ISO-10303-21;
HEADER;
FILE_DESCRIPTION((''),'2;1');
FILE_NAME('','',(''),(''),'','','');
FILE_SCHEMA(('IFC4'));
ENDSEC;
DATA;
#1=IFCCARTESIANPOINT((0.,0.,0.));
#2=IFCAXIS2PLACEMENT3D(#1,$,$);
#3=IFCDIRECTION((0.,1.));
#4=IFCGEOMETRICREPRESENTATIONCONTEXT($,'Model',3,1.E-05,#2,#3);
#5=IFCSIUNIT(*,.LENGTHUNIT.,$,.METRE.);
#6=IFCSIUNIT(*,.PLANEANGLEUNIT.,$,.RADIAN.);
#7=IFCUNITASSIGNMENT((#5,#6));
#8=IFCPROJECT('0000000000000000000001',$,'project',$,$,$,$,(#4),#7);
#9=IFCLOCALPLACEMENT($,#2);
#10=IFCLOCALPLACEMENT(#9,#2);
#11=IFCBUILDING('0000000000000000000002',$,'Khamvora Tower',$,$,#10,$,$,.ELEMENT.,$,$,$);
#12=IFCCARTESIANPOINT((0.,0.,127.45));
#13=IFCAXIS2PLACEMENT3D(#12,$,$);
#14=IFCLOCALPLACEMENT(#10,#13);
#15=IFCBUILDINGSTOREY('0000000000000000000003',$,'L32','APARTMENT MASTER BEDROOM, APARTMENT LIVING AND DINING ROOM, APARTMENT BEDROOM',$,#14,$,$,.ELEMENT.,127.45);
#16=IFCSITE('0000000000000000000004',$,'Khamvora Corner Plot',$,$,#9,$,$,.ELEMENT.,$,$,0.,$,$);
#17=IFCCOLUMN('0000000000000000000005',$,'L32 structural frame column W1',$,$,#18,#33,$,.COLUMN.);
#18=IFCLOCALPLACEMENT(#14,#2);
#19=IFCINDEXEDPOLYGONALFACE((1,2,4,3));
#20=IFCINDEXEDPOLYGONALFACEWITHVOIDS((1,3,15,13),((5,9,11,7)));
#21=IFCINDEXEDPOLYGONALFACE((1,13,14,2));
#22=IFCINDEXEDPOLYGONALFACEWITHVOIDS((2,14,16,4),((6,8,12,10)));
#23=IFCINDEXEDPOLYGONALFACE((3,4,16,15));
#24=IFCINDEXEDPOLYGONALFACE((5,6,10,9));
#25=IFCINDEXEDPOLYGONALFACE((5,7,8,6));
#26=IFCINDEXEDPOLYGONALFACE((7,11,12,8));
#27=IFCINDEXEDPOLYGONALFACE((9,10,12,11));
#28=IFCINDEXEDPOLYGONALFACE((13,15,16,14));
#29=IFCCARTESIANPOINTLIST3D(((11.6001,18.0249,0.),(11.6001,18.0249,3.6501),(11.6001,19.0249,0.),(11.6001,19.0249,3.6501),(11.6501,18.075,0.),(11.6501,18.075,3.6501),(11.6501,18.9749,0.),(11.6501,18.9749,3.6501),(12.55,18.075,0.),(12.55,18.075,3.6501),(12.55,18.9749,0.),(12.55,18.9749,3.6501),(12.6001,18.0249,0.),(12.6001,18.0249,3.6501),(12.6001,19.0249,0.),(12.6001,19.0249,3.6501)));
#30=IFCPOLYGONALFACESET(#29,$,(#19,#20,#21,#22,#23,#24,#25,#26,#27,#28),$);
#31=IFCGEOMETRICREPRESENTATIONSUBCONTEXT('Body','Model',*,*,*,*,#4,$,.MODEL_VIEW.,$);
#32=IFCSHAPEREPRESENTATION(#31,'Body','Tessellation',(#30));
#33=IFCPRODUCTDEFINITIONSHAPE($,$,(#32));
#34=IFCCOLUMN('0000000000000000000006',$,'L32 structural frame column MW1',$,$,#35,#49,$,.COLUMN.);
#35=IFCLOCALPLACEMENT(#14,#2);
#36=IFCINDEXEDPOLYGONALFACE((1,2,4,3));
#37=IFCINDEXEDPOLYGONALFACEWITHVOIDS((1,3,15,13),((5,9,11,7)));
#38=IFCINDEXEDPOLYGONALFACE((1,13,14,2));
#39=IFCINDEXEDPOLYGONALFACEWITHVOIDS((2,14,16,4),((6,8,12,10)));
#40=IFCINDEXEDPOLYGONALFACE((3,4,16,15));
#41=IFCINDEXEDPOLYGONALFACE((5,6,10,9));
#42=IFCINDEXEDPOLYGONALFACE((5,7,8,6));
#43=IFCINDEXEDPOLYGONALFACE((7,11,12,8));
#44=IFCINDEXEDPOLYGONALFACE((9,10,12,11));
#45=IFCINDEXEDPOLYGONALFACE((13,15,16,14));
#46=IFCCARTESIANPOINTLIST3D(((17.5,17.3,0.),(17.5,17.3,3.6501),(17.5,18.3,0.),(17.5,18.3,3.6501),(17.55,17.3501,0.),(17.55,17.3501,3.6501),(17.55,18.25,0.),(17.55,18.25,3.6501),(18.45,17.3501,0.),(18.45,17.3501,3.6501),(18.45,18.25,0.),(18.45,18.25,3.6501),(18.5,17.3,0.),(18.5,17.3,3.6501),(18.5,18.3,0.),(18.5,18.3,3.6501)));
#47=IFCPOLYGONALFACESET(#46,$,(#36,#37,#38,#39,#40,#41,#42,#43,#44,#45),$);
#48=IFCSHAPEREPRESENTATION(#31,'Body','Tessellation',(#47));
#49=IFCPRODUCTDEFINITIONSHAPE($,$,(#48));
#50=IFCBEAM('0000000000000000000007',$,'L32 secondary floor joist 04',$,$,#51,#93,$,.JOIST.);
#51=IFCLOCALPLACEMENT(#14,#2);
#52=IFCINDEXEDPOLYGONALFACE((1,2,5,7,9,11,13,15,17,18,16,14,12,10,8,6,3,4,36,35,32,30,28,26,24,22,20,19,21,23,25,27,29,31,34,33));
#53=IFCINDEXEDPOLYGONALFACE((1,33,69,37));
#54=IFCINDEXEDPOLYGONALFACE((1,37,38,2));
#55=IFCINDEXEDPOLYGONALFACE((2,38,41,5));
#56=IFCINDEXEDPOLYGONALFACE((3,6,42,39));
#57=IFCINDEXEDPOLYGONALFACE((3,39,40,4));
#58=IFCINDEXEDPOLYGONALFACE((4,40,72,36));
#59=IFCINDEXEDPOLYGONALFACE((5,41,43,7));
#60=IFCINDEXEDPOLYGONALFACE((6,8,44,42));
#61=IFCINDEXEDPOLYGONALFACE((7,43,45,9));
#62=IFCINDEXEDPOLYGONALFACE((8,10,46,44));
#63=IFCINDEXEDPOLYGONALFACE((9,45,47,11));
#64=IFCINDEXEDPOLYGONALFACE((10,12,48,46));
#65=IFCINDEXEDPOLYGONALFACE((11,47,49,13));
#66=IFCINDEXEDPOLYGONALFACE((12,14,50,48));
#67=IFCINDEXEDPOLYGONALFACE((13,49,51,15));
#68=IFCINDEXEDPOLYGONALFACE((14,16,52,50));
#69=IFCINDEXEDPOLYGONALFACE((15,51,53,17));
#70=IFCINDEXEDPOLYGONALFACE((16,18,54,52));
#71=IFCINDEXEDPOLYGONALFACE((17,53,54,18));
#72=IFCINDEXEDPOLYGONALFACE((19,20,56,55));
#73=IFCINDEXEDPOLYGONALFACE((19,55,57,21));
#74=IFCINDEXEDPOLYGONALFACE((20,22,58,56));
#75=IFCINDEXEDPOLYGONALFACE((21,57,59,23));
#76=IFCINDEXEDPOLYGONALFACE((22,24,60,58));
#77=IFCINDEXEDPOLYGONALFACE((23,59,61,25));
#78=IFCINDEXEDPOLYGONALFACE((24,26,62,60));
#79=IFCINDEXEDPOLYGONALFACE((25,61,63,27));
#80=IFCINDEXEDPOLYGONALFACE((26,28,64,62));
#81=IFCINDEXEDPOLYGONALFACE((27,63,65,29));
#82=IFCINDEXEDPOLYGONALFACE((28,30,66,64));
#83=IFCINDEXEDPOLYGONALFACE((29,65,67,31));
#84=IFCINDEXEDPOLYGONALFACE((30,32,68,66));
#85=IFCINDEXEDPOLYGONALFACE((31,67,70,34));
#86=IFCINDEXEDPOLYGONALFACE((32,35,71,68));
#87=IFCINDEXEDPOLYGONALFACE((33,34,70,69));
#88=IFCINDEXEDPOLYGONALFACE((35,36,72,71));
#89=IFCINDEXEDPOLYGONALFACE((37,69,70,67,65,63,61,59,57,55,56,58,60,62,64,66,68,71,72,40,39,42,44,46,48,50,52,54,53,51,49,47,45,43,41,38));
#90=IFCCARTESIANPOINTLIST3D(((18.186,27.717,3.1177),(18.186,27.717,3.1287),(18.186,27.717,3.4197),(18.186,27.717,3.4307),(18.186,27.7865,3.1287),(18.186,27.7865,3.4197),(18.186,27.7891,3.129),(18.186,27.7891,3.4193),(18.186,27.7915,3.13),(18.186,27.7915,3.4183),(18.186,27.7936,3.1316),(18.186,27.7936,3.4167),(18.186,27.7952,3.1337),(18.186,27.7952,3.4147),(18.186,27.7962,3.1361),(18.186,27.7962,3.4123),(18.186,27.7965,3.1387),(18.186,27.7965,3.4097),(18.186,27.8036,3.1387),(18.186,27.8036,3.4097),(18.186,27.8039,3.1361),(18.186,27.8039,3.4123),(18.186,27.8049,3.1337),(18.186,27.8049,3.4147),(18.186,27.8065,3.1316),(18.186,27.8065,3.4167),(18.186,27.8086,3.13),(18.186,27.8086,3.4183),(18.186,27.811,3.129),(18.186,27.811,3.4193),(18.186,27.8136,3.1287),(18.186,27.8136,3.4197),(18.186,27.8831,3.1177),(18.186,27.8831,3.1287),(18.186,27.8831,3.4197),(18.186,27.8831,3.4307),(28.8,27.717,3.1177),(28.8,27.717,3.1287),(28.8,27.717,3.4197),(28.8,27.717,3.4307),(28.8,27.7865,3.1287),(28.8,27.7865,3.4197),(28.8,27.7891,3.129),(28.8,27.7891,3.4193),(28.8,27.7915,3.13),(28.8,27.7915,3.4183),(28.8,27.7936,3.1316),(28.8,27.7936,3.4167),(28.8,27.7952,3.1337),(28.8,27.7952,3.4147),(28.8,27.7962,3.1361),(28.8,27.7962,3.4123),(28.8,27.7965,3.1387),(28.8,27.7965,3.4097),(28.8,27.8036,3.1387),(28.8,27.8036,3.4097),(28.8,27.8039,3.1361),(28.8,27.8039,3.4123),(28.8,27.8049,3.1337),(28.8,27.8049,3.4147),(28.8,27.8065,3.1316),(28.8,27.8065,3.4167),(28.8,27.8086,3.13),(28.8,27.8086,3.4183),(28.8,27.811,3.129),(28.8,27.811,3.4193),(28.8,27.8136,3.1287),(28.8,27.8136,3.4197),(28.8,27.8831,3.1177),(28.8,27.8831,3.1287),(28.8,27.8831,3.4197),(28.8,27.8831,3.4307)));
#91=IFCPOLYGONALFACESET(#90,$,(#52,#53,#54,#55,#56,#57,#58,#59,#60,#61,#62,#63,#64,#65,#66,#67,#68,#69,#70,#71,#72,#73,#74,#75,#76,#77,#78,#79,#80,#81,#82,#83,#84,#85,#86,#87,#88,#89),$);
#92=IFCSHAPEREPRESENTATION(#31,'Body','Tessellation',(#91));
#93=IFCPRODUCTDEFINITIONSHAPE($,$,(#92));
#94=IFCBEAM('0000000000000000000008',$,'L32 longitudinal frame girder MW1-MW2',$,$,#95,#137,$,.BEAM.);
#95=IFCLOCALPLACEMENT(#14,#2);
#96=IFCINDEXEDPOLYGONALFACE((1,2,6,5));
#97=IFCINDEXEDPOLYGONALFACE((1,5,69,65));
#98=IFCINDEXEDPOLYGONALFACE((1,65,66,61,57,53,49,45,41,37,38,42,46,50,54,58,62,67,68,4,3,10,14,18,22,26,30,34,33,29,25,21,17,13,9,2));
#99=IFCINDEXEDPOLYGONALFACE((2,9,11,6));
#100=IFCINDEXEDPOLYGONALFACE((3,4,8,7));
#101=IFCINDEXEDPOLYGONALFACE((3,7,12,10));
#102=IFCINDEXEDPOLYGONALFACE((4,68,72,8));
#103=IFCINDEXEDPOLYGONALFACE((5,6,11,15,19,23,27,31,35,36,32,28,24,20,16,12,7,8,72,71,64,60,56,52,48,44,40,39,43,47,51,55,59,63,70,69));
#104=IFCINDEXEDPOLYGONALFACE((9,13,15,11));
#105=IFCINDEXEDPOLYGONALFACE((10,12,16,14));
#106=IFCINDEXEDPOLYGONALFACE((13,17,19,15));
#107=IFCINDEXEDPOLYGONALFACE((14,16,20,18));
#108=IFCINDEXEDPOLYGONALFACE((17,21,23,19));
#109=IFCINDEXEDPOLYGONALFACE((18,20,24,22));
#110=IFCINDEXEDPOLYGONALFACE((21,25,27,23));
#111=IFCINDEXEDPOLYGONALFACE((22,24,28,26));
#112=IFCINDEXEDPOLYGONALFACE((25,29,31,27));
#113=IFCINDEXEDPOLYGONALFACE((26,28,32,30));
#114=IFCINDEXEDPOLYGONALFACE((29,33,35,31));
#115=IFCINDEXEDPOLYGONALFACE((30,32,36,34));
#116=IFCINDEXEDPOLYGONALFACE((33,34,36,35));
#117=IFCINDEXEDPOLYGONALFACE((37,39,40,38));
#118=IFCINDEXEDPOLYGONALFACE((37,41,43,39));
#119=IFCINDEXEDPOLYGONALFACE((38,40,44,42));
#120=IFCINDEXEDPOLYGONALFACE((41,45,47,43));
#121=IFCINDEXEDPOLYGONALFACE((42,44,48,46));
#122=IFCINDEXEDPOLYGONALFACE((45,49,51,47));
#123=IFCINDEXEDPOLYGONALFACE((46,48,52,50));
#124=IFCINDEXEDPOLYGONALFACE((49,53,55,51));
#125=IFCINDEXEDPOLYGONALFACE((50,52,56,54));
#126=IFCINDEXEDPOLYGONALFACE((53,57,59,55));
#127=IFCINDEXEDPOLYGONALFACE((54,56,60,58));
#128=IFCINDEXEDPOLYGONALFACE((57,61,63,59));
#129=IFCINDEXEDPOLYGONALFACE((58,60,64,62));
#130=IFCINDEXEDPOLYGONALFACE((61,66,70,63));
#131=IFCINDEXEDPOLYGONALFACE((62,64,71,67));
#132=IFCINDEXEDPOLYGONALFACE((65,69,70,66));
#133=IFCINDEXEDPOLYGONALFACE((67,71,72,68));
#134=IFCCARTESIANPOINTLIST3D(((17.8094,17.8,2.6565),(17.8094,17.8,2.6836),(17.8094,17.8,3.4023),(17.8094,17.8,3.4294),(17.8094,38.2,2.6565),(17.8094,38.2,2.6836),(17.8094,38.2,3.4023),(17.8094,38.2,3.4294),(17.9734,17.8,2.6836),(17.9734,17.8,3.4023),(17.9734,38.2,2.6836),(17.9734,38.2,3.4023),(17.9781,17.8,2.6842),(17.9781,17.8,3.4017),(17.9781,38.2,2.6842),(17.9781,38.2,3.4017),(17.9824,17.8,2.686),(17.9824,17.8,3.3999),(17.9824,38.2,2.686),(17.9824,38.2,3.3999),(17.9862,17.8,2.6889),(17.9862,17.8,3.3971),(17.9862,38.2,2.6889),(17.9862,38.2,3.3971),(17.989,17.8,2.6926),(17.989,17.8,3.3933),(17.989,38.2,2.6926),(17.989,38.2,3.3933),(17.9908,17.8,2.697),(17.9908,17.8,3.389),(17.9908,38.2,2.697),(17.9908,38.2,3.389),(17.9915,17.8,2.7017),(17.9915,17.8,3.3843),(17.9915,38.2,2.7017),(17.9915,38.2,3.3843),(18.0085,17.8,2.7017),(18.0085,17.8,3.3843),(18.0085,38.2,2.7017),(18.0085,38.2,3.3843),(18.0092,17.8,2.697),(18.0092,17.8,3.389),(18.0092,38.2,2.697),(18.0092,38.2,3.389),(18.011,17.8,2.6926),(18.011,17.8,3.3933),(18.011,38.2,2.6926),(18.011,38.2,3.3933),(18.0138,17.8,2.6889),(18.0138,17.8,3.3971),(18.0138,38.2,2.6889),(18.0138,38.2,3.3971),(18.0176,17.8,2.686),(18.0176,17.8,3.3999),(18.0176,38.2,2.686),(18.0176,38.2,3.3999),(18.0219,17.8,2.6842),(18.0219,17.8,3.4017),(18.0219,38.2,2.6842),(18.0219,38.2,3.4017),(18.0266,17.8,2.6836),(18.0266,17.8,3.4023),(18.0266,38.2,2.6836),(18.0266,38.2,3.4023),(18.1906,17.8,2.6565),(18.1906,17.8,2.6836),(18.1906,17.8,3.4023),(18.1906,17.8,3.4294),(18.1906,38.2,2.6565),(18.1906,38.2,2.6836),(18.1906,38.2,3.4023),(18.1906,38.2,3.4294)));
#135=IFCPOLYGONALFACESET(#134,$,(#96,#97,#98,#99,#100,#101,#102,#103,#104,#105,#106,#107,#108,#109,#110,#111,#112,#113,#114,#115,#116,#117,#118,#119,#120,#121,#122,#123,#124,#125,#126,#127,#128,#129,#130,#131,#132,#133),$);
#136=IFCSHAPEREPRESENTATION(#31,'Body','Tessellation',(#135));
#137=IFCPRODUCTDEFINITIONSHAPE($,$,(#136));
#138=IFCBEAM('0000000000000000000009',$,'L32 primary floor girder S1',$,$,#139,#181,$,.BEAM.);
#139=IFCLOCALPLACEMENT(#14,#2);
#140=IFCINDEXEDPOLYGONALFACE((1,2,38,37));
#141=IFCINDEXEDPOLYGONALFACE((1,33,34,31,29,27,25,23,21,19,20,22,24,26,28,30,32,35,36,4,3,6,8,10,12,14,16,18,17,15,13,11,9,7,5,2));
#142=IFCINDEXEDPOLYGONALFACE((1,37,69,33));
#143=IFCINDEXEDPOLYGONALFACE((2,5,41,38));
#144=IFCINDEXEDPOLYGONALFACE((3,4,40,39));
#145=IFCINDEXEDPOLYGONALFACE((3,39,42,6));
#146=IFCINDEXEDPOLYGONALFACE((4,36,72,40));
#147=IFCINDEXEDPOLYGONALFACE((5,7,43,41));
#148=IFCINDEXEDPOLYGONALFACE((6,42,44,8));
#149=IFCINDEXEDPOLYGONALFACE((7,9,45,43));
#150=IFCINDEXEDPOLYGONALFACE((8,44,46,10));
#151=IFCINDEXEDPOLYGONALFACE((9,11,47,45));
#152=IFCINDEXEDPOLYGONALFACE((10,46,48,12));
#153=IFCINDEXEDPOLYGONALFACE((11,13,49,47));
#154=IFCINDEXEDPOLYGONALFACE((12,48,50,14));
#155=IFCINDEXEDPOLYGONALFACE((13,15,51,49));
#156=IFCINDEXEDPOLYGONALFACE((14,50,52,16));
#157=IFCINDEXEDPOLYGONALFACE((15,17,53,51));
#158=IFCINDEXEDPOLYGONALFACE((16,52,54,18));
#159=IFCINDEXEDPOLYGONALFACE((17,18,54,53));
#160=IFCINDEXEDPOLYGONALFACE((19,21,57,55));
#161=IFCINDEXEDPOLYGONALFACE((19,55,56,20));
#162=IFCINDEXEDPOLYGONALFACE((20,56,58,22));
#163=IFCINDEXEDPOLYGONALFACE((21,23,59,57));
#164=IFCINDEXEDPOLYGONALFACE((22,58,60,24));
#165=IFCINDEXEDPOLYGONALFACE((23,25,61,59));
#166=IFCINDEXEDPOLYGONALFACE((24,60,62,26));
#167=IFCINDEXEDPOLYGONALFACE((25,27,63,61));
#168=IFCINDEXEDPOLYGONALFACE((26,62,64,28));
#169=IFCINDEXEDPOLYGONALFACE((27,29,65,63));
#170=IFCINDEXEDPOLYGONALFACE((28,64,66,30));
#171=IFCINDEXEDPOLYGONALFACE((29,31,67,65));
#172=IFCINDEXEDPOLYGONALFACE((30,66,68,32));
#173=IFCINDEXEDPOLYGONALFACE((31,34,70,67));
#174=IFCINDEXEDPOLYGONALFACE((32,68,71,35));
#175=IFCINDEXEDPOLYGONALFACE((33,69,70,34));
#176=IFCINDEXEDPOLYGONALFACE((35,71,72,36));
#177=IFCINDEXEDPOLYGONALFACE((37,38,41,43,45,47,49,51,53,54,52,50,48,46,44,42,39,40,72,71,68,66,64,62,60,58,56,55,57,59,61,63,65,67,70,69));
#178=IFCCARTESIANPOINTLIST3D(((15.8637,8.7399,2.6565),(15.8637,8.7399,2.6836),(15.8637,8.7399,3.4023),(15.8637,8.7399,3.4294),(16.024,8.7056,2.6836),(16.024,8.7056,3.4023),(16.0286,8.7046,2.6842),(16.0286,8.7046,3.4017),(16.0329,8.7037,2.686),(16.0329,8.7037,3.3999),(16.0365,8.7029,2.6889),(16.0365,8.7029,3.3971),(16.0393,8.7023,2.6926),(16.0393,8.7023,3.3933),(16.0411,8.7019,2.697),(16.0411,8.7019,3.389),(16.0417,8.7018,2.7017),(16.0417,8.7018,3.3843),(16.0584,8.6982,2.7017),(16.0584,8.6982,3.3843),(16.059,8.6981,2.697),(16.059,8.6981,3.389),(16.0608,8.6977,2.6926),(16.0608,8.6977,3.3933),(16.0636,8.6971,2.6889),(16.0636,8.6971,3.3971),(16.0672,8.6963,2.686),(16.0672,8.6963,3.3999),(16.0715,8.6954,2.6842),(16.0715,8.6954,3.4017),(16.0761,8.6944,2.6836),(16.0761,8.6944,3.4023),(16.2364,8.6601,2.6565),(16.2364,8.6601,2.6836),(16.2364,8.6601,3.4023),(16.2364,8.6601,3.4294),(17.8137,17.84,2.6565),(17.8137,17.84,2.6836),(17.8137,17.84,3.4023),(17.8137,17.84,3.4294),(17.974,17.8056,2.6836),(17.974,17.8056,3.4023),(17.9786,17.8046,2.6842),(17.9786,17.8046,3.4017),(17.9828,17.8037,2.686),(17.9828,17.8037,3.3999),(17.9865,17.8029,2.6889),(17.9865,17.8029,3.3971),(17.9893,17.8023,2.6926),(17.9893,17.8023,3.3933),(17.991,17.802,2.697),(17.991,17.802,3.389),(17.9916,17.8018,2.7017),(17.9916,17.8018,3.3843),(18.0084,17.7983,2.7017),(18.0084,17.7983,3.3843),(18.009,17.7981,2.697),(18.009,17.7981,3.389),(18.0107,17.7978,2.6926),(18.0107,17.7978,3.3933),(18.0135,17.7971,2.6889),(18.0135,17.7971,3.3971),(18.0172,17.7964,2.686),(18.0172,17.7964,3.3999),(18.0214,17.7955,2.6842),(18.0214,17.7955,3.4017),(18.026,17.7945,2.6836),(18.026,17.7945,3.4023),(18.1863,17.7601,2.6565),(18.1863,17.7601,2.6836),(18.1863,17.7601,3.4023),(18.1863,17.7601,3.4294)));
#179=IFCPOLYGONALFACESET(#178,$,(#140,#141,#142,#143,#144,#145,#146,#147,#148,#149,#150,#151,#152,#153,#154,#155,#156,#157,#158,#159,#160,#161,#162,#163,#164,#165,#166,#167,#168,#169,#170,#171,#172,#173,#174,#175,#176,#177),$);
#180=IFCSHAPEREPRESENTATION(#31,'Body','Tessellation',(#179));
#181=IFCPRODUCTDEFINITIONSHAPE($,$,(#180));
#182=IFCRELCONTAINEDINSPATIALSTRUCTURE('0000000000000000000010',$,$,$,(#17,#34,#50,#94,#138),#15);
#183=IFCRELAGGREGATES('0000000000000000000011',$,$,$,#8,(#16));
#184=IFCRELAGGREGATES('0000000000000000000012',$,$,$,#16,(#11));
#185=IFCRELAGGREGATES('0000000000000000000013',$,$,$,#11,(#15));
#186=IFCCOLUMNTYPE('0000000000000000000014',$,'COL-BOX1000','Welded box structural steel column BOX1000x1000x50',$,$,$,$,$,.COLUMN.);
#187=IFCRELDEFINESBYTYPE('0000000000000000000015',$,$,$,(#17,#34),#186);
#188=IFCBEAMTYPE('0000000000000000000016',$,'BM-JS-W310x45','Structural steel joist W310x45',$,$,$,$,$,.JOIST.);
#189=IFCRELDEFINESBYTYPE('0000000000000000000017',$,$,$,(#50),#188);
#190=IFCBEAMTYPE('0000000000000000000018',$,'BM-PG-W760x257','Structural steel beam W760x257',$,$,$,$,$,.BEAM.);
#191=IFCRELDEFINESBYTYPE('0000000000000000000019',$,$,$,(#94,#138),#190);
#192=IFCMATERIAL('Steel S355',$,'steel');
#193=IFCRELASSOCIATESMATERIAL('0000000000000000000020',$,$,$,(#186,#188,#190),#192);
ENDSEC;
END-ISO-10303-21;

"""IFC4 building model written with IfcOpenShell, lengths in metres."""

from ifc_helpers import new_model, si_unit, direction, frame, origin, origin_2d, place, context, subcontext, project, spatial, hollow_rectangle, i_section, extrude, material, material_profile, profile_set, type_object, element, save


model = new_model("IFC4")

# Units and contexts
model_context = context("Model", 3, precision=1e-05, world=origin(), true_north=direction((0.0, 1.0)))
body_context = subcontext(model_context, "Body", "Model", "MODEL_VIEW")
ifc_project = project(units=[si_unit("LENGTHUNIT", "METRE"), si_unit("PLANEANGLEUNIT", "RADIAN")], contexts=[model_context])

# Site, building, storey
site_placement = place(None, origin())
site = spatial("IfcSite", under=ifc_project, at=site_placement, Name="Khamvora Corner Plot", CompositionType="ELEMENT", RefElevation=0.0)
building_placement = place(site_placement, origin())
building = spatial("IfcBuilding", under=site, at=building_placement, Name="Khamvora Tower", CompositionType="ELEMENT")
storey_placement = place(building_placement, frame((0.0, 0.0, 127.45)))
storey = spatial("IfcBuildingStorey", under=building, at=storey_placement, Name="L32", Description="APARTMENT MASTER BEDROOM, APARTMENT LIVING AND DINING ROOM, APARTMENT BEDROOM", CompositionType="ELEMENT", Elevation=127.45)

# Columns
ifc_material_1 = material(Name="Steel S355", Category="steel")
ifc_material_profile_1 = material_profile(ifc_material_1, hollow_rectangle(XDim=1.0, YDim=1.0, WallThickness=0.05, at=origin_2d()), Name="BOX1000x1000x50")
ifc_profile_set_1 = profile_set([ifc_material_profile_1], Name="Steel S355")
column_type = type_object("IfcColumnType", Name="COL-BOX1000", Description="Welded box structural steel column BOX1000x1000x50", PredefinedType="COLUMN", material=ifc_profile_set_1)
for number, where, z_axis, x_axis, name in (
    (1, (12.1001, 18.5249, 0.0), (0.0, 0.0, 1.0), (1.0, 0.0, 0.0), "L32 structural frame column W1"),
    (2, (18.0, 17.8, 0.0), (0.0, 0.0, 1.0), (1.0, 0.0, 0.0), "L32 structural frame column MW1"),
):
    element("IfcColumn", number, at=place(storey_placement, frame(where, z_axis=z_axis, x_axis=x_axis)), inside=storey, type_object=column_type, Name=name, PredefinedType="COLUMN", context=body_context, shape_type="SweptSolid", body=[
        extrude(hollow_rectangle(XDim=1.0, YDim=1.0, WallThickness=0.05, at=origin_2d()), origin(), (0.0, 0.0, 1.0), 3.6501),
    ])

# Beams
ifc_material_profile_2 = material_profile(ifc_material_1, i_section(OverallWidth=0.166, OverallDepth=0.313, WebThickness=0.0071, FlangeThickness=0.011, FilletRadius=0.01, at=origin_2d()), Name="W310x45")
ifc_profile_set_2 = profile_set([ifc_material_profile_2], Name="Steel S355")
beam_type_1 = type_object("IfcBeamType", Name="BM-JS-W310x45", Description="Structural steel joist W310x45", PredefinedType="JOIST", material=ifc_profile_set_2)
beam_1_placement = place(storey_placement, frame((18.186, 27.8, 3.2742), z_axis=(1.0, 0.0, 0.0), x_axis=(0.0, 1.0, 0.0)))
element("IfcBeam", 3, at=beam_1_placement, inside=storey, type_object=beam_type_1, Name="L32 secondary floor joist 04", PredefinedType="JOIST", context=body_context, shape_type="SweptSolid", body=[
    extrude(i_section(OverallWidth=0.166, OverallDepth=0.313, WebThickness=0.0071, FlangeThickness=0.011, FilletRadius=0.01, at=origin_2d()), origin(), (0.0, 0.0, 1.0), 10.614),
])
ifc_material_profile_3 = material_profile(ifc_material_1, i_section(OverallWidth=0.3811, OverallDepth=0.7729, WebThickness=0.0171, FlangeThickness=0.0271, FilletRadius=0.0181, at=origin_2d()), Name="W760x257")
ifc_profile_set_3 = profile_set([ifc_material_profile_3], Name="Steel S355")
beam_type_2 = type_object("IfcBeamType", Name="BM-PG-W760x257", Description="Structural steel beam W760x257", PredefinedType="BEAM", material=ifc_profile_set_3)
beam_2_placement = place(storey_placement, frame((18.0, 17.8, 3.043), z_axis=(0.0, 1.0, 0.0), x_axis=(-1.0, 0.0, 0.0)))
element("IfcBeam", 4, at=beam_2_placement, inside=storey, type_object=beam_type_2, Name="L32 longitudinal frame girder MW1-MW2", PredefinedType="BEAM", context=body_context, shape_type="SweptSolid", body=[
    extrude(i_section(OverallWidth=0.3811, OverallDepth=0.7729, WebThickness=0.0171, FlangeThickness=0.0271, FilletRadius=0.0181, at=origin_2d()), origin(), (0.0, 0.0, 1.0), 20.3999),
])
beam_3_placement = place(storey_placement, frame((18.0, 17.8, 3.043), z_axis=(-0.209522, -0.977804, 0.0), x_axis=(0.977804, -0.209522, 0.0)))
element("IfcBeam", 5, at=beam_3_placement, inside=storey, type_object=beam_type_2, Name="L32 primary floor girder S1", PredefinedType="BEAM", context=body_context, shape_type="SweptSolid", body=[
    extrude(i_section(OverallWidth=0.3811, OverallDepth=0.7729, WebThickness=0.0171, FlangeThickness=0.0271, FilletRadius=0.0181, at=origin_2d()), origin(), (0.0, 0.0, 1.0), 9.3066),
])

save(model, "model.ifc")
